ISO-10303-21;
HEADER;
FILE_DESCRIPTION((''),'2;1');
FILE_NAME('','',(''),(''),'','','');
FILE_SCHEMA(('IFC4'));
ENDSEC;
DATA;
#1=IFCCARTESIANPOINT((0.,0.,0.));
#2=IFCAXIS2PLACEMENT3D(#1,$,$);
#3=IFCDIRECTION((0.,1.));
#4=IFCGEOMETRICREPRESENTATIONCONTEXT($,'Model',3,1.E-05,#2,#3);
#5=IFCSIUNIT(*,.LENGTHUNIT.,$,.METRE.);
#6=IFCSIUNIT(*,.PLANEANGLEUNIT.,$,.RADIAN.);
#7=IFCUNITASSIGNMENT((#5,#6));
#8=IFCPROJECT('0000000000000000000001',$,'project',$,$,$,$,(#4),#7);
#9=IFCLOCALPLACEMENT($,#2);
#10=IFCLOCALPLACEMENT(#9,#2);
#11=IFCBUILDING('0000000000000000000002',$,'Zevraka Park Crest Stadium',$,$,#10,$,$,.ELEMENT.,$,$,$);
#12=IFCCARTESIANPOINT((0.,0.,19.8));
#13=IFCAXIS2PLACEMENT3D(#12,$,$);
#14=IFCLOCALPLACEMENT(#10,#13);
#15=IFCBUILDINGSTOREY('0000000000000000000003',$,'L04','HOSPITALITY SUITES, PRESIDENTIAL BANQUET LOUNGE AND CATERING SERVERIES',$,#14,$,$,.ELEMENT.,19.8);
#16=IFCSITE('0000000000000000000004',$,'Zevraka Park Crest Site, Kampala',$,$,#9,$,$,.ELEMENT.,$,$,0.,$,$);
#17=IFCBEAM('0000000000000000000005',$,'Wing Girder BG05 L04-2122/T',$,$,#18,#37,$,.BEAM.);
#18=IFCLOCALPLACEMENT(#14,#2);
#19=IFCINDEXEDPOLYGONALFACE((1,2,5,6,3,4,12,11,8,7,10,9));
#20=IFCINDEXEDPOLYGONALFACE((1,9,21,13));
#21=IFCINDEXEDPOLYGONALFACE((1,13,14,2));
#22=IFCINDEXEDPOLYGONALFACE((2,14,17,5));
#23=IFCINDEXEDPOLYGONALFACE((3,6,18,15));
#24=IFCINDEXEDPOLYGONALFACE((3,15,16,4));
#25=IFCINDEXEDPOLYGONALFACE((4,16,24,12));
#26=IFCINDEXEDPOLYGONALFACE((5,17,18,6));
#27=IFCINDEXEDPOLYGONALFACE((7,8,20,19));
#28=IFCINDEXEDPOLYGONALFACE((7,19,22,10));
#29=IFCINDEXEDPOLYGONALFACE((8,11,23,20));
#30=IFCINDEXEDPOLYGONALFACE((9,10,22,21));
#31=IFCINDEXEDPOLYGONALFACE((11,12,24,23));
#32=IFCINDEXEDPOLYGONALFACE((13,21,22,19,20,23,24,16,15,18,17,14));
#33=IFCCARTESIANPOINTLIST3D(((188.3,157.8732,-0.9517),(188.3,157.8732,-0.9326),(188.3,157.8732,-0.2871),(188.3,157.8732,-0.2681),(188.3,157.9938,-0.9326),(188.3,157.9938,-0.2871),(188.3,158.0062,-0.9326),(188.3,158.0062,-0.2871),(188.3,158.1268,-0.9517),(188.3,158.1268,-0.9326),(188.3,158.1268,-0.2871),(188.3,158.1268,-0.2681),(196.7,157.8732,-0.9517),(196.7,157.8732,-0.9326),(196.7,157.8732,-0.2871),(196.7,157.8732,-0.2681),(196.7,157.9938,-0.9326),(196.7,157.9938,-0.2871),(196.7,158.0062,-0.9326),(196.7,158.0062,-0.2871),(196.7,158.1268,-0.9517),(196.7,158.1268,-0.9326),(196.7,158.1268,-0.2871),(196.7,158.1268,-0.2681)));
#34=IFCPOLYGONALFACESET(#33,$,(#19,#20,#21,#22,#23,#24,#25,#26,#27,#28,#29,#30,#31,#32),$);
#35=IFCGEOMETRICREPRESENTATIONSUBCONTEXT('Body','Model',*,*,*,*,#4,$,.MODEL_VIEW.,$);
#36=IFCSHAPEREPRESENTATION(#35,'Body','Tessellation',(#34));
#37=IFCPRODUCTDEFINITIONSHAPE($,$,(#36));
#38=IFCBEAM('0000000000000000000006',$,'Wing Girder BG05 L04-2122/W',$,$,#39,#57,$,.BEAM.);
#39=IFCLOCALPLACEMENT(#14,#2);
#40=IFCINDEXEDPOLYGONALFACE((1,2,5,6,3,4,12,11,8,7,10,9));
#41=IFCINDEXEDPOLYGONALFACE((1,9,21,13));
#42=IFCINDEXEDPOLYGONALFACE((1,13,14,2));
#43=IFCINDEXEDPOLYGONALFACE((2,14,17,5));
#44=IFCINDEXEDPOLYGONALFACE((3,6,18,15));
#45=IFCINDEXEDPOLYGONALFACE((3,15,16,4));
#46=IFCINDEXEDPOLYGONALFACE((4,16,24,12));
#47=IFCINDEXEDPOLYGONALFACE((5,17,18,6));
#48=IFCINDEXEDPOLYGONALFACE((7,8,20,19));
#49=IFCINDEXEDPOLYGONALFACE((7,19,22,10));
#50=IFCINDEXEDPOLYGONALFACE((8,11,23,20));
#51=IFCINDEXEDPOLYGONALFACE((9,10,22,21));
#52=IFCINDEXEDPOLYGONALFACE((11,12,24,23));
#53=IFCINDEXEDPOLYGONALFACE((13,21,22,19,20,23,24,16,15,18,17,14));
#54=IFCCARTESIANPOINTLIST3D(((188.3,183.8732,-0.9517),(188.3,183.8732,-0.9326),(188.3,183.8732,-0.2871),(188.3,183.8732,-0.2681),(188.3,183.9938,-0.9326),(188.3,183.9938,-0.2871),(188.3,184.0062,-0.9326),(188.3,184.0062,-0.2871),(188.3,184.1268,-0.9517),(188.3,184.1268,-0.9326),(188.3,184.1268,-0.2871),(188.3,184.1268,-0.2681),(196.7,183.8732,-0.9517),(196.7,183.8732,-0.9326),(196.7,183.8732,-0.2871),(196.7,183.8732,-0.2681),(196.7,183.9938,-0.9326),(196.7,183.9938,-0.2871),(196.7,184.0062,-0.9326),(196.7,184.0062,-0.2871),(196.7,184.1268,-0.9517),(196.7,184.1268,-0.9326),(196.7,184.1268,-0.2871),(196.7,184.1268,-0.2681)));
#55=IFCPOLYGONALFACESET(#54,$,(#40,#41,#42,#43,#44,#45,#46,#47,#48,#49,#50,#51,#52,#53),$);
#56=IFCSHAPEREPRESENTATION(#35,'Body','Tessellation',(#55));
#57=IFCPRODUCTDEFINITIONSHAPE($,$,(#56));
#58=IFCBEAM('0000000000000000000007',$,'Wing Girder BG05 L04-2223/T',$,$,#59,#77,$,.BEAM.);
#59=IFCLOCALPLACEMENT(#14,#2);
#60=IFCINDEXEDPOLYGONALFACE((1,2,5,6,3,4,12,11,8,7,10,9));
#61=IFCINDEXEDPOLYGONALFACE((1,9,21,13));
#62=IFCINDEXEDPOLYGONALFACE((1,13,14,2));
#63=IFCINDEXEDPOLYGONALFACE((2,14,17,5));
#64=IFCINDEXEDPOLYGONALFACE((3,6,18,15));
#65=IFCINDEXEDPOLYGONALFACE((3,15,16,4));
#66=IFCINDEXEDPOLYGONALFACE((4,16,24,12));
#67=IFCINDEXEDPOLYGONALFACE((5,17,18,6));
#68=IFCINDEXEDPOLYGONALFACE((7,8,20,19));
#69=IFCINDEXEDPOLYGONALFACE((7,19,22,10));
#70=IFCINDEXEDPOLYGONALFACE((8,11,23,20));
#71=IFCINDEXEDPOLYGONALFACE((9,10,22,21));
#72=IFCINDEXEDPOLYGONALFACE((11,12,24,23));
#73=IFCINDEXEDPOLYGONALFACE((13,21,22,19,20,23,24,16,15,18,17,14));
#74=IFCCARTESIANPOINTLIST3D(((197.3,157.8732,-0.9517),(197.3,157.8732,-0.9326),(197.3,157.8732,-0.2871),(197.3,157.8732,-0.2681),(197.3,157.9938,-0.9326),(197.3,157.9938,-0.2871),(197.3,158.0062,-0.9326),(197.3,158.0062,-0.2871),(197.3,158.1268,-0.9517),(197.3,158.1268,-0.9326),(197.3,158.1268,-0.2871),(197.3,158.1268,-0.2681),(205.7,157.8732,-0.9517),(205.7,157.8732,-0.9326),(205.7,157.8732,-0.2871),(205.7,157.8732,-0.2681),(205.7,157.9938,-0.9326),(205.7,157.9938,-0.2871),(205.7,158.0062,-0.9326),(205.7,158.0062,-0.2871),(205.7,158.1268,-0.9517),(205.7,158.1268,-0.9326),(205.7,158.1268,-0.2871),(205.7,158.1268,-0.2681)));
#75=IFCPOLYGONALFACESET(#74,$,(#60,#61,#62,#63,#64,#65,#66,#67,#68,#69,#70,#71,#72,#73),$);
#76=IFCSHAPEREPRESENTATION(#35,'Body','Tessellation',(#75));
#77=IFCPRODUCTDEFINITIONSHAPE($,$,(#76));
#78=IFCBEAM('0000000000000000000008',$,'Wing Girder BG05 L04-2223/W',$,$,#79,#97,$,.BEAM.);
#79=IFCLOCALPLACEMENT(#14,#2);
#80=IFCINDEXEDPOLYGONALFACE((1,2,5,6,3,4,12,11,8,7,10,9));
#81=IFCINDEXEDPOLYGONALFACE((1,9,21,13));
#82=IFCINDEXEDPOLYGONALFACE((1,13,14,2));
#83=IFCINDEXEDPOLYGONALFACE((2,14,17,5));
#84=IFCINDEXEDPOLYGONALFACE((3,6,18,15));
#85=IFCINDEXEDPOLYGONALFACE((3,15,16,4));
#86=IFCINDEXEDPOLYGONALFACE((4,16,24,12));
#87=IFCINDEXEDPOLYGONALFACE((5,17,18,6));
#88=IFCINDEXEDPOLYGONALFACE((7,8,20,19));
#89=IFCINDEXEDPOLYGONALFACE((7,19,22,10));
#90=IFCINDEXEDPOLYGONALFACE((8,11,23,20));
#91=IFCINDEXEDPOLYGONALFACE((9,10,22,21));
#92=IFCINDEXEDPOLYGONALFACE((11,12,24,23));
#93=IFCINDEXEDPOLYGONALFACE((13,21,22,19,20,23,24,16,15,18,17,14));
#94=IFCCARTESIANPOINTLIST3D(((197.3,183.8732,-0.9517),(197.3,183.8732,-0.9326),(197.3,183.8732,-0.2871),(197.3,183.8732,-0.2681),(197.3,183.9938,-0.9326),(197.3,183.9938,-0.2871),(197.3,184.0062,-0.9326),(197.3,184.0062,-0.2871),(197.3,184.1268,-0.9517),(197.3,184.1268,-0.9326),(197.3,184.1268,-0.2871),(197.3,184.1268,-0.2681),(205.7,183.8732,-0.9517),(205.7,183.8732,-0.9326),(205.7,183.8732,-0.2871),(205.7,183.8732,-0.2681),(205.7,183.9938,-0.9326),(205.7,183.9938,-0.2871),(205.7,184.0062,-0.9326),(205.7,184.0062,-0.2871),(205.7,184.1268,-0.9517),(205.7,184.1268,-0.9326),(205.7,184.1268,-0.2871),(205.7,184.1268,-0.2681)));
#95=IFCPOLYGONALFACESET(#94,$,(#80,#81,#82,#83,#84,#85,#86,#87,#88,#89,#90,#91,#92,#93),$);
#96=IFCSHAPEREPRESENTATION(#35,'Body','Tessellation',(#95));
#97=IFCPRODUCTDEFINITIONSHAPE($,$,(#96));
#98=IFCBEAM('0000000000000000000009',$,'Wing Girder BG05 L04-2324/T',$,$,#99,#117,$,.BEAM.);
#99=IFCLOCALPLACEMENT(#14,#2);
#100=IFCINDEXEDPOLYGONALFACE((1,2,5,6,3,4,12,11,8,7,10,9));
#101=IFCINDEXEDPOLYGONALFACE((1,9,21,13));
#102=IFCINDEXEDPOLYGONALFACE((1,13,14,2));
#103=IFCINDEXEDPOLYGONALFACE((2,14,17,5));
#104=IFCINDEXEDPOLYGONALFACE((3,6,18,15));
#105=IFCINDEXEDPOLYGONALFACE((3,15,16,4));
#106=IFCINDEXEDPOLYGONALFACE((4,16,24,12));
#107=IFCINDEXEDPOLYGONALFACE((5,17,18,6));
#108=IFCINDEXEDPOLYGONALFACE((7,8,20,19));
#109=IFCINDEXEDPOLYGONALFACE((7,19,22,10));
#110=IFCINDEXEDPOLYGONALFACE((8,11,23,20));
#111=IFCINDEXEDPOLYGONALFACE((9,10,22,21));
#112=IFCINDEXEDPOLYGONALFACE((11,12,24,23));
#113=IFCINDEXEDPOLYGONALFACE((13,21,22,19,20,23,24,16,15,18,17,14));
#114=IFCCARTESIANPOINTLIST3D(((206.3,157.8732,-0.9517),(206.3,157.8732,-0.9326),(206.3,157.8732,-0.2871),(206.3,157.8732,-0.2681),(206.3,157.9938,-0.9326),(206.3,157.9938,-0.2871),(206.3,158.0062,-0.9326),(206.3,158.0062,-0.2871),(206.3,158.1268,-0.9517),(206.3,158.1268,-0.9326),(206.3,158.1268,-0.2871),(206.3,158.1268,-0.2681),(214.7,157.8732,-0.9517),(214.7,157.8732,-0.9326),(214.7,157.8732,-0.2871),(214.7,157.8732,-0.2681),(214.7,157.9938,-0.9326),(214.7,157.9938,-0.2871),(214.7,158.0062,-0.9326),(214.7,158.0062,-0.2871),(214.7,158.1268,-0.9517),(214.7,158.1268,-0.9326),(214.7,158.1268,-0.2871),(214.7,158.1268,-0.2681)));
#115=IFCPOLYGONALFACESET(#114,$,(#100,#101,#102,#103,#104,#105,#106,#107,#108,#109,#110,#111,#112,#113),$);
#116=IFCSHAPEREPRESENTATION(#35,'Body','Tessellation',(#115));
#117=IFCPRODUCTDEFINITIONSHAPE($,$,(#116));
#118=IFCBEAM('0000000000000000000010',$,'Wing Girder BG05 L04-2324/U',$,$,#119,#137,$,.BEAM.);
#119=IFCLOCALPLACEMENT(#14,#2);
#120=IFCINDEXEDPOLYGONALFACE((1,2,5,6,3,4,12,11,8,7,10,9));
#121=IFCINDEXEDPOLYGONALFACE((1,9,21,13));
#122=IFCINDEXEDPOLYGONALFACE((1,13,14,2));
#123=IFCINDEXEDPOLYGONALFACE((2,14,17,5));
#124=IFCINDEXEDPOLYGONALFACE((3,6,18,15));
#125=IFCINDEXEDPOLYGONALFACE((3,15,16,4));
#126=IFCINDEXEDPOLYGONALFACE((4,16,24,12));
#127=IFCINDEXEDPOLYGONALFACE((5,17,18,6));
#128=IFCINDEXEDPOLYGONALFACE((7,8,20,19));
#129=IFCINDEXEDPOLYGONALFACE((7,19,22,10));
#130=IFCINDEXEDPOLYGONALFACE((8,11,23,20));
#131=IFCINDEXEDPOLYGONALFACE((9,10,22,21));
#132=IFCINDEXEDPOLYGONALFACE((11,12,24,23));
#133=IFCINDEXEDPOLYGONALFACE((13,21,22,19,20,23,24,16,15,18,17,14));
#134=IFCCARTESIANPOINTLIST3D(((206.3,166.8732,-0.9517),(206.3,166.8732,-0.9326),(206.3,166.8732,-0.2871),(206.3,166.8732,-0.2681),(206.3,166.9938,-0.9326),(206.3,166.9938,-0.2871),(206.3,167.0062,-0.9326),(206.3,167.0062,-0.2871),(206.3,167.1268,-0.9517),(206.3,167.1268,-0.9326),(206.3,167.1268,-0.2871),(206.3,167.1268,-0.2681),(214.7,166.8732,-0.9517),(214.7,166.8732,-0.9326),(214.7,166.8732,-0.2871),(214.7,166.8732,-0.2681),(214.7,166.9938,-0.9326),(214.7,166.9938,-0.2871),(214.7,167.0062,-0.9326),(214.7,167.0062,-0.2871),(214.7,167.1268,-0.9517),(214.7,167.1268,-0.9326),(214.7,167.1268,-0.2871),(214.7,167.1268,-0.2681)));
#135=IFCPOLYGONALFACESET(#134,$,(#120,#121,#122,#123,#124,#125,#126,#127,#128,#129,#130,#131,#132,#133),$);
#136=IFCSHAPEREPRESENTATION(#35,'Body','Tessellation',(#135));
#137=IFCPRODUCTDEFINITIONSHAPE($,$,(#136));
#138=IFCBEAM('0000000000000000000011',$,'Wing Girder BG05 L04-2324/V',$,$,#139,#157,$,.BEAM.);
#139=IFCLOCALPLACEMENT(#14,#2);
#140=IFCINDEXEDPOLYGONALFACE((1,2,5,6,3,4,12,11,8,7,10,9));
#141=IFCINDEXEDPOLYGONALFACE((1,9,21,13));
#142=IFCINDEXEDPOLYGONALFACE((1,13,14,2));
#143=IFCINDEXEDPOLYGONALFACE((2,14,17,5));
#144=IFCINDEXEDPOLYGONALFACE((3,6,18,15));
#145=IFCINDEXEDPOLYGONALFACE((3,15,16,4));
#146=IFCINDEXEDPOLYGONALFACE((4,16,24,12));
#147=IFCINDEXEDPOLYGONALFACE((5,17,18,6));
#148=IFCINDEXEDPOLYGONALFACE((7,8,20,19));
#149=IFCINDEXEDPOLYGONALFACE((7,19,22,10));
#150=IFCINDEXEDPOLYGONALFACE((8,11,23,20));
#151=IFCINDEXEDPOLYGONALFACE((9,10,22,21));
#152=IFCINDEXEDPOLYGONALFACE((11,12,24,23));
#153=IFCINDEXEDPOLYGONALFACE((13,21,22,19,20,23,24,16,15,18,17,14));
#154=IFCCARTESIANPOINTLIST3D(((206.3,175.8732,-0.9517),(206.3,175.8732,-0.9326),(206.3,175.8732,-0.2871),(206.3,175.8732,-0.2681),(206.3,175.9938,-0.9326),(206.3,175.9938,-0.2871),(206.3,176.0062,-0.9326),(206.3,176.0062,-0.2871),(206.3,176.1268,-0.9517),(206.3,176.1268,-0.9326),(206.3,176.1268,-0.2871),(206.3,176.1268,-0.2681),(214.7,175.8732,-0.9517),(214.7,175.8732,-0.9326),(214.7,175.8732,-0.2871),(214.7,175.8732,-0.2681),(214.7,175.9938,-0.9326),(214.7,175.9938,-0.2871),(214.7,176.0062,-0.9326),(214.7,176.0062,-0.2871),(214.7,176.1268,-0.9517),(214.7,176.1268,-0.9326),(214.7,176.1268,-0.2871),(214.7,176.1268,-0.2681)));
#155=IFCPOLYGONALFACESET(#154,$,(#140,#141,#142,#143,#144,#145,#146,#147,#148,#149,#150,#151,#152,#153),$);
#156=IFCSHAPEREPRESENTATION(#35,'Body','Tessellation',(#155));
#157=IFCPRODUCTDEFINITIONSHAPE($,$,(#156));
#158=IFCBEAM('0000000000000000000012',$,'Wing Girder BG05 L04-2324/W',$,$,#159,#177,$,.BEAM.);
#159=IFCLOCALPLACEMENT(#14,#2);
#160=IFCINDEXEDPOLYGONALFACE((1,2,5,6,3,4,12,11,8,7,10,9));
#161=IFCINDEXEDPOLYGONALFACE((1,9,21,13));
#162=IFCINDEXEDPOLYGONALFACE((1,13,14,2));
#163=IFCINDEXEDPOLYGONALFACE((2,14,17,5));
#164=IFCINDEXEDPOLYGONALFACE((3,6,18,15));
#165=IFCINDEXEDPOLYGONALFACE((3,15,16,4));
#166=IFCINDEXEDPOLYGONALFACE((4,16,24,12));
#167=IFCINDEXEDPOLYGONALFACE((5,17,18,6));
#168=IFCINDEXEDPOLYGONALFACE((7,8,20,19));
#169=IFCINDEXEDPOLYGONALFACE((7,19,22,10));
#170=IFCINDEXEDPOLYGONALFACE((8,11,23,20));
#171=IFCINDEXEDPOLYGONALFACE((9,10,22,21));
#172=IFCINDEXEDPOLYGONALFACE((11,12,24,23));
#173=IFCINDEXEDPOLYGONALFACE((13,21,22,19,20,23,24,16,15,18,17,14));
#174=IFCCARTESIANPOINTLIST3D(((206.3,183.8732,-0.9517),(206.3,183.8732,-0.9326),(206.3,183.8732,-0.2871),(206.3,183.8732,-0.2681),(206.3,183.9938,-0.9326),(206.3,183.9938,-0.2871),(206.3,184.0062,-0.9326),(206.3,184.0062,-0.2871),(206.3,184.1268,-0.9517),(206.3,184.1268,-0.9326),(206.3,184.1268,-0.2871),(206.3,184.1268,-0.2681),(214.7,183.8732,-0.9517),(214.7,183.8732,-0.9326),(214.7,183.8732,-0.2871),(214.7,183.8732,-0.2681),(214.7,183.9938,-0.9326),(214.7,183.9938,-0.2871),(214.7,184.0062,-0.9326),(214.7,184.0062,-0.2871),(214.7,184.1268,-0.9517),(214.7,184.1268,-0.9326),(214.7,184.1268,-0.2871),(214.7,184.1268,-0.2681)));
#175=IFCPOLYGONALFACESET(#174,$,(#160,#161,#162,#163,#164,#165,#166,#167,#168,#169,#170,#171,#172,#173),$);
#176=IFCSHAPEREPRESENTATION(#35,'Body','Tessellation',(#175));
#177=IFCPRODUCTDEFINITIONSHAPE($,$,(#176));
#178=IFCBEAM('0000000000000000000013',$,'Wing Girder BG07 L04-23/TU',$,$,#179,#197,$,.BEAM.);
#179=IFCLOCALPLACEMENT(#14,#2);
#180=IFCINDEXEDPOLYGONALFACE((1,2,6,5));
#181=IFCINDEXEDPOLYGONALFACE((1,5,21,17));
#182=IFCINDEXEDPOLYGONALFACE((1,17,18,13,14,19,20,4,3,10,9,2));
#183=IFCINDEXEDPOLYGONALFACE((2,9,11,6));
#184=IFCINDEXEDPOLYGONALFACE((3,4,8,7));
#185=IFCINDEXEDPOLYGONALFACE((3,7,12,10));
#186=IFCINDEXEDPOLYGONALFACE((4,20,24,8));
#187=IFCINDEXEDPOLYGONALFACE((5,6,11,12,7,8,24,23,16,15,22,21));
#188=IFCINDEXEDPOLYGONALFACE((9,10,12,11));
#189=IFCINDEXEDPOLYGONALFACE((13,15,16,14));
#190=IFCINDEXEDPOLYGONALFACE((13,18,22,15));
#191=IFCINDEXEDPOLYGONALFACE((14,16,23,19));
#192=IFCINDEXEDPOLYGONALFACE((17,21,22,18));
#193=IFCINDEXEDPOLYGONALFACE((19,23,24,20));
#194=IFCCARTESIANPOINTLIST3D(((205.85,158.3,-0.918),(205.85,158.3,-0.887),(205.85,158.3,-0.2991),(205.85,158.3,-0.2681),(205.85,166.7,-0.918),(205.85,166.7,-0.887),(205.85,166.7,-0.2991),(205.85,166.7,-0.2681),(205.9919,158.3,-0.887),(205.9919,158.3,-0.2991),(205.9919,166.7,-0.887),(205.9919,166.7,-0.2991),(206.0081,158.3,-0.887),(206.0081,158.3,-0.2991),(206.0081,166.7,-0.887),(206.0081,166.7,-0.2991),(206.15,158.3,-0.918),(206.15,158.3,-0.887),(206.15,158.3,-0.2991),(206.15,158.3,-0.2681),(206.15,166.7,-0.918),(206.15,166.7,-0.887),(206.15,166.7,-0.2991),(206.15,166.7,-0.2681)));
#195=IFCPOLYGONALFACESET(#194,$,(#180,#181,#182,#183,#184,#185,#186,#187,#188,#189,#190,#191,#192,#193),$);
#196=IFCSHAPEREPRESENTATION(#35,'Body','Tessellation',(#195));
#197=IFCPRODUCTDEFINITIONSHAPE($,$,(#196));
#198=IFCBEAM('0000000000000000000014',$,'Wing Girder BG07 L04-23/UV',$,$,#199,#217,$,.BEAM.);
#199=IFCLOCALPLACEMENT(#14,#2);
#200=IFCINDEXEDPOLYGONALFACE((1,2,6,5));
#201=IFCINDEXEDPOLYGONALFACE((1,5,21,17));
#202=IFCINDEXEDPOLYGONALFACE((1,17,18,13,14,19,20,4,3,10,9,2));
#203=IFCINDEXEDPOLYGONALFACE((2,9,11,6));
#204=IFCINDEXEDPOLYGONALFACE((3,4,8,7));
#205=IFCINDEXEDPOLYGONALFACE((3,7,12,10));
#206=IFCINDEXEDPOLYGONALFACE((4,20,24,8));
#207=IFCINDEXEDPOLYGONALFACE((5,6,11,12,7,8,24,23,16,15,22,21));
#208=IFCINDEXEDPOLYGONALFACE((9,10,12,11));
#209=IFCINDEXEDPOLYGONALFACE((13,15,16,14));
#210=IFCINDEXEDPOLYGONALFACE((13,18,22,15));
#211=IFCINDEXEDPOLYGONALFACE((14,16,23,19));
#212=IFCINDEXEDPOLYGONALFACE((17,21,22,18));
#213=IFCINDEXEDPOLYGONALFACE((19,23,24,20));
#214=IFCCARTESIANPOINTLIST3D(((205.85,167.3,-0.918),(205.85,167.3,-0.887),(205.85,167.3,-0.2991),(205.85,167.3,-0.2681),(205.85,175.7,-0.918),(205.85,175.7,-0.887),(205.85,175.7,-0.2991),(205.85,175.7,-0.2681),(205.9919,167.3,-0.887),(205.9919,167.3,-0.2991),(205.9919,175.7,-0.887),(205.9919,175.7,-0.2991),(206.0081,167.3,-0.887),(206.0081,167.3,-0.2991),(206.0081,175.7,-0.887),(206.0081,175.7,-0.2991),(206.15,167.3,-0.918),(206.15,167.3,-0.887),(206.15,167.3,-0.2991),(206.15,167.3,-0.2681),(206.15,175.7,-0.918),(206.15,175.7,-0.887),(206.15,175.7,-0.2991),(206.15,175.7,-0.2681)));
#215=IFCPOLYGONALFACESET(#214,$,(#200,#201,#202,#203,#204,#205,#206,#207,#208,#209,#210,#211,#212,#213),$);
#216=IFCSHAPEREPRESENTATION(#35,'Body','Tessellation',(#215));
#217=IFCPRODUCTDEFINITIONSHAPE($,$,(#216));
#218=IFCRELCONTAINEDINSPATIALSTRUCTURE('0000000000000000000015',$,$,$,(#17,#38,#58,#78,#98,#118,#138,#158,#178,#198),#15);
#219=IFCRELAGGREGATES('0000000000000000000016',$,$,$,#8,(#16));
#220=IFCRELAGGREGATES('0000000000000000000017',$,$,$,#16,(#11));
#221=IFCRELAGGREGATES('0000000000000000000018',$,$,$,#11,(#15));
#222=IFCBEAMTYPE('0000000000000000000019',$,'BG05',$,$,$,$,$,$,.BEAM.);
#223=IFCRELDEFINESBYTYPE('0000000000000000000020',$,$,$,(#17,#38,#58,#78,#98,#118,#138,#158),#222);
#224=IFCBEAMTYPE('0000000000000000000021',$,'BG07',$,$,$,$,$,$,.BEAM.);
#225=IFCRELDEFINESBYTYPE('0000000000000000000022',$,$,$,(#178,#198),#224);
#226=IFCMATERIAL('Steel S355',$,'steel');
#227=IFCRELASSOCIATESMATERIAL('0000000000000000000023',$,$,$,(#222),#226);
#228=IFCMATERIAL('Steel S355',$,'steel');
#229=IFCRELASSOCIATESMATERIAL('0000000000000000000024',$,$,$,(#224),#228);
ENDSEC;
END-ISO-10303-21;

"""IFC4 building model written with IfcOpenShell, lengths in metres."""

from ifc_helpers import new_model, si_unit, direction, frame, origin, origin_2d, place, context, subcontext, project, spatial, i_section, extrude, material, material_profile, profile_set, type_object, element, save


model = new_model("IFC4")

# Units and contexts
model_context = context("Model", 3, precision=1e-05, world=origin(), true_north=direction((0.0, 1.0)))
body_context = subcontext(model_context, "Body", "Model", "MODEL_VIEW")
ifc_project = project(units=[si_unit("LENGTHUNIT", "METRE"), si_unit("PLANEANGLEUNIT", "RADIAN")], contexts=[model_context])

# Site, building, storey
site_placement = place(None, origin())
site = spatial("IfcSite", under=ifc_project, at=site_placement, Name="Zevraka Park Crest Site, Kampala", CompositionType="ELEMENT", RefElevation=0.0)
building_placement = place(site_placement, origin())
building = spatial("IfcBuilding", under=site, at=building_placement, Name="Zevraka Park Crest Stadium", CompositionType="ELEMENT")
storey_placement = place(building_placement, frame((0.0, 0.0, 19.8)))
storey = spatial("IfcBuildingStorey", under=building, at=storey_placement, Name="L04", Description="HOSPITALITY SUITES, PRESIDENTIAL BANQUET LOUNGE AND CATERING SERVERIES", CompositionType="ELEMENT", Elevation=19.8)

# Beams
ifc_material_1 = material(Name="Steel S355", Category="steel")
ifc_material_profile_1 = material_profile(ifc_material_1, i_section(OverallWidth=0.2537, OverallDepth=0.6836, WebThickness=0.0125, FlangeThickness=0.019, at=origin_2d()), Name="UKB 686x254x140")
ifc_profile_set_1 = profile_set([ifc_material_profile_1], Name="Steel S355")
beam_type_1 = type_object("IfcBeamType", Name="BG05", PredefinedType="BEAM", material=ifc_profile_set_1)
for number, where, z_axis, x_axis, name in (
    (1, (188.3, 158.0, -0.6099), (1.0, 0.0, 0.0), (0.0, 1.0, 0.0), "Wing Girder BG05 L04-2122/T"),
    (2, (188.3, 184.0, -0.6099), (1.0, 0.0, 0.0), (0.0, 1.0, 0.0), "Wing Girder BG05 L04-2122/W"),
    (3, (197.3, 158.0, -0.6099), (1.0, 0.0, 0.0), (0.0, 1.0, 0.0), "Wing Girder BG05 L04-2223/T"),
    (4, (197.3, 184.0, -0.6099), (1.0, 0.0, 0.0), (0.0, 1.0, 0.0), "Wing Girder BG05 L04-2223/W"),
    (5, (206.3, 158.0, -0.6099), (1.0, 0.0, 0.0), (0.0, 1.0, 0.0), "Wing Girder BG05 L04-2324/T"),
    (6, (206.3, 167.0, -0.6099), (1.0, 0.0, 0.0), (0.0, 1.0, 0.0), "Wing Girder BG05 L04-2324/U"),
    (7, (206.3, 176.0, -0.6099), (1.0, 0.0, 0.0), (0.0, 1.0, 0.0), "Wing Girder BG05 L04-2324/V"),
    (8, (206.3, 184.0, -0.6099), (1.0, 0.0, 0.0), (0.0, 1.0, 0.0), "Wing Girder BG05 L04-2324/W"),
):
    element("IfcBeam", number, at=place(storey_placement, frame(where, z_axis=z_axis, x_axis=x_axis)), inside=storey, type_object=beam_type_1, Name=name, PredefinedType="BEAM", context=body_context, shape_type="SweptSolid", body=[
        extrude(i_section(OverallWidth=0.2537, OverallDepth=0.6836, WebThickness=0.0125, FlangeThickness=0.019, at=origin_2d()), origin(), (0.0, 0.0, 1.0), 8.3999),
    ])
ifc_material_2 = material(Name="Steel S355", Category="steel")
ifc_material_profile_2 = material_profile(ifc_material_2, i_section(OverallWidth=0.3, OverallDepth=0.6499, WebThickness=0.0161, FlangeThickness=0.031, at=origin_2d()), Name="HEB 650")
ifc_profile_set_2 = profile_set([ifc_material_profile_2], Name="Steel S355")
beam_type_2 = type_object("IfcBeamType", Name="BG07", PredefinedType="BEAM", material=ifc_profile_set_2)
for number, where, z_axis, x_axis, name in (
    (9, (206.0, 158.3, -0.593), (0.0, 1.0, 0.0), (-1.0, 0.0, 0.0), "Wing Girder BG07 L04-23/TU"),
    (10, (206.0, 167.3, -0.593), (0.0, 1.0, 0.0), (-1.0, 0.0, 0.0), "Wing Girder BG07 L04-23/UV"),
):
    element("IfcBeam", number, at=place(storey_placement, frame(where, z_axis=z_axis, x_axis=x_axis)), inside=storey, type_object=beam_type_2, Name=name, PredefinedType="BEAM", context=body_context, shape_type="SweptSolid", body=[
        extrude(i_section(OverallWidth=0.3, OverallDepth=0.6499, WebThickness=0.0161, FlangeThickness=0.031, at=origin_2d()), origin(), (0.0, 0.0, 1.0), 8.3999),
    ])

save(model, "model.ifc")
